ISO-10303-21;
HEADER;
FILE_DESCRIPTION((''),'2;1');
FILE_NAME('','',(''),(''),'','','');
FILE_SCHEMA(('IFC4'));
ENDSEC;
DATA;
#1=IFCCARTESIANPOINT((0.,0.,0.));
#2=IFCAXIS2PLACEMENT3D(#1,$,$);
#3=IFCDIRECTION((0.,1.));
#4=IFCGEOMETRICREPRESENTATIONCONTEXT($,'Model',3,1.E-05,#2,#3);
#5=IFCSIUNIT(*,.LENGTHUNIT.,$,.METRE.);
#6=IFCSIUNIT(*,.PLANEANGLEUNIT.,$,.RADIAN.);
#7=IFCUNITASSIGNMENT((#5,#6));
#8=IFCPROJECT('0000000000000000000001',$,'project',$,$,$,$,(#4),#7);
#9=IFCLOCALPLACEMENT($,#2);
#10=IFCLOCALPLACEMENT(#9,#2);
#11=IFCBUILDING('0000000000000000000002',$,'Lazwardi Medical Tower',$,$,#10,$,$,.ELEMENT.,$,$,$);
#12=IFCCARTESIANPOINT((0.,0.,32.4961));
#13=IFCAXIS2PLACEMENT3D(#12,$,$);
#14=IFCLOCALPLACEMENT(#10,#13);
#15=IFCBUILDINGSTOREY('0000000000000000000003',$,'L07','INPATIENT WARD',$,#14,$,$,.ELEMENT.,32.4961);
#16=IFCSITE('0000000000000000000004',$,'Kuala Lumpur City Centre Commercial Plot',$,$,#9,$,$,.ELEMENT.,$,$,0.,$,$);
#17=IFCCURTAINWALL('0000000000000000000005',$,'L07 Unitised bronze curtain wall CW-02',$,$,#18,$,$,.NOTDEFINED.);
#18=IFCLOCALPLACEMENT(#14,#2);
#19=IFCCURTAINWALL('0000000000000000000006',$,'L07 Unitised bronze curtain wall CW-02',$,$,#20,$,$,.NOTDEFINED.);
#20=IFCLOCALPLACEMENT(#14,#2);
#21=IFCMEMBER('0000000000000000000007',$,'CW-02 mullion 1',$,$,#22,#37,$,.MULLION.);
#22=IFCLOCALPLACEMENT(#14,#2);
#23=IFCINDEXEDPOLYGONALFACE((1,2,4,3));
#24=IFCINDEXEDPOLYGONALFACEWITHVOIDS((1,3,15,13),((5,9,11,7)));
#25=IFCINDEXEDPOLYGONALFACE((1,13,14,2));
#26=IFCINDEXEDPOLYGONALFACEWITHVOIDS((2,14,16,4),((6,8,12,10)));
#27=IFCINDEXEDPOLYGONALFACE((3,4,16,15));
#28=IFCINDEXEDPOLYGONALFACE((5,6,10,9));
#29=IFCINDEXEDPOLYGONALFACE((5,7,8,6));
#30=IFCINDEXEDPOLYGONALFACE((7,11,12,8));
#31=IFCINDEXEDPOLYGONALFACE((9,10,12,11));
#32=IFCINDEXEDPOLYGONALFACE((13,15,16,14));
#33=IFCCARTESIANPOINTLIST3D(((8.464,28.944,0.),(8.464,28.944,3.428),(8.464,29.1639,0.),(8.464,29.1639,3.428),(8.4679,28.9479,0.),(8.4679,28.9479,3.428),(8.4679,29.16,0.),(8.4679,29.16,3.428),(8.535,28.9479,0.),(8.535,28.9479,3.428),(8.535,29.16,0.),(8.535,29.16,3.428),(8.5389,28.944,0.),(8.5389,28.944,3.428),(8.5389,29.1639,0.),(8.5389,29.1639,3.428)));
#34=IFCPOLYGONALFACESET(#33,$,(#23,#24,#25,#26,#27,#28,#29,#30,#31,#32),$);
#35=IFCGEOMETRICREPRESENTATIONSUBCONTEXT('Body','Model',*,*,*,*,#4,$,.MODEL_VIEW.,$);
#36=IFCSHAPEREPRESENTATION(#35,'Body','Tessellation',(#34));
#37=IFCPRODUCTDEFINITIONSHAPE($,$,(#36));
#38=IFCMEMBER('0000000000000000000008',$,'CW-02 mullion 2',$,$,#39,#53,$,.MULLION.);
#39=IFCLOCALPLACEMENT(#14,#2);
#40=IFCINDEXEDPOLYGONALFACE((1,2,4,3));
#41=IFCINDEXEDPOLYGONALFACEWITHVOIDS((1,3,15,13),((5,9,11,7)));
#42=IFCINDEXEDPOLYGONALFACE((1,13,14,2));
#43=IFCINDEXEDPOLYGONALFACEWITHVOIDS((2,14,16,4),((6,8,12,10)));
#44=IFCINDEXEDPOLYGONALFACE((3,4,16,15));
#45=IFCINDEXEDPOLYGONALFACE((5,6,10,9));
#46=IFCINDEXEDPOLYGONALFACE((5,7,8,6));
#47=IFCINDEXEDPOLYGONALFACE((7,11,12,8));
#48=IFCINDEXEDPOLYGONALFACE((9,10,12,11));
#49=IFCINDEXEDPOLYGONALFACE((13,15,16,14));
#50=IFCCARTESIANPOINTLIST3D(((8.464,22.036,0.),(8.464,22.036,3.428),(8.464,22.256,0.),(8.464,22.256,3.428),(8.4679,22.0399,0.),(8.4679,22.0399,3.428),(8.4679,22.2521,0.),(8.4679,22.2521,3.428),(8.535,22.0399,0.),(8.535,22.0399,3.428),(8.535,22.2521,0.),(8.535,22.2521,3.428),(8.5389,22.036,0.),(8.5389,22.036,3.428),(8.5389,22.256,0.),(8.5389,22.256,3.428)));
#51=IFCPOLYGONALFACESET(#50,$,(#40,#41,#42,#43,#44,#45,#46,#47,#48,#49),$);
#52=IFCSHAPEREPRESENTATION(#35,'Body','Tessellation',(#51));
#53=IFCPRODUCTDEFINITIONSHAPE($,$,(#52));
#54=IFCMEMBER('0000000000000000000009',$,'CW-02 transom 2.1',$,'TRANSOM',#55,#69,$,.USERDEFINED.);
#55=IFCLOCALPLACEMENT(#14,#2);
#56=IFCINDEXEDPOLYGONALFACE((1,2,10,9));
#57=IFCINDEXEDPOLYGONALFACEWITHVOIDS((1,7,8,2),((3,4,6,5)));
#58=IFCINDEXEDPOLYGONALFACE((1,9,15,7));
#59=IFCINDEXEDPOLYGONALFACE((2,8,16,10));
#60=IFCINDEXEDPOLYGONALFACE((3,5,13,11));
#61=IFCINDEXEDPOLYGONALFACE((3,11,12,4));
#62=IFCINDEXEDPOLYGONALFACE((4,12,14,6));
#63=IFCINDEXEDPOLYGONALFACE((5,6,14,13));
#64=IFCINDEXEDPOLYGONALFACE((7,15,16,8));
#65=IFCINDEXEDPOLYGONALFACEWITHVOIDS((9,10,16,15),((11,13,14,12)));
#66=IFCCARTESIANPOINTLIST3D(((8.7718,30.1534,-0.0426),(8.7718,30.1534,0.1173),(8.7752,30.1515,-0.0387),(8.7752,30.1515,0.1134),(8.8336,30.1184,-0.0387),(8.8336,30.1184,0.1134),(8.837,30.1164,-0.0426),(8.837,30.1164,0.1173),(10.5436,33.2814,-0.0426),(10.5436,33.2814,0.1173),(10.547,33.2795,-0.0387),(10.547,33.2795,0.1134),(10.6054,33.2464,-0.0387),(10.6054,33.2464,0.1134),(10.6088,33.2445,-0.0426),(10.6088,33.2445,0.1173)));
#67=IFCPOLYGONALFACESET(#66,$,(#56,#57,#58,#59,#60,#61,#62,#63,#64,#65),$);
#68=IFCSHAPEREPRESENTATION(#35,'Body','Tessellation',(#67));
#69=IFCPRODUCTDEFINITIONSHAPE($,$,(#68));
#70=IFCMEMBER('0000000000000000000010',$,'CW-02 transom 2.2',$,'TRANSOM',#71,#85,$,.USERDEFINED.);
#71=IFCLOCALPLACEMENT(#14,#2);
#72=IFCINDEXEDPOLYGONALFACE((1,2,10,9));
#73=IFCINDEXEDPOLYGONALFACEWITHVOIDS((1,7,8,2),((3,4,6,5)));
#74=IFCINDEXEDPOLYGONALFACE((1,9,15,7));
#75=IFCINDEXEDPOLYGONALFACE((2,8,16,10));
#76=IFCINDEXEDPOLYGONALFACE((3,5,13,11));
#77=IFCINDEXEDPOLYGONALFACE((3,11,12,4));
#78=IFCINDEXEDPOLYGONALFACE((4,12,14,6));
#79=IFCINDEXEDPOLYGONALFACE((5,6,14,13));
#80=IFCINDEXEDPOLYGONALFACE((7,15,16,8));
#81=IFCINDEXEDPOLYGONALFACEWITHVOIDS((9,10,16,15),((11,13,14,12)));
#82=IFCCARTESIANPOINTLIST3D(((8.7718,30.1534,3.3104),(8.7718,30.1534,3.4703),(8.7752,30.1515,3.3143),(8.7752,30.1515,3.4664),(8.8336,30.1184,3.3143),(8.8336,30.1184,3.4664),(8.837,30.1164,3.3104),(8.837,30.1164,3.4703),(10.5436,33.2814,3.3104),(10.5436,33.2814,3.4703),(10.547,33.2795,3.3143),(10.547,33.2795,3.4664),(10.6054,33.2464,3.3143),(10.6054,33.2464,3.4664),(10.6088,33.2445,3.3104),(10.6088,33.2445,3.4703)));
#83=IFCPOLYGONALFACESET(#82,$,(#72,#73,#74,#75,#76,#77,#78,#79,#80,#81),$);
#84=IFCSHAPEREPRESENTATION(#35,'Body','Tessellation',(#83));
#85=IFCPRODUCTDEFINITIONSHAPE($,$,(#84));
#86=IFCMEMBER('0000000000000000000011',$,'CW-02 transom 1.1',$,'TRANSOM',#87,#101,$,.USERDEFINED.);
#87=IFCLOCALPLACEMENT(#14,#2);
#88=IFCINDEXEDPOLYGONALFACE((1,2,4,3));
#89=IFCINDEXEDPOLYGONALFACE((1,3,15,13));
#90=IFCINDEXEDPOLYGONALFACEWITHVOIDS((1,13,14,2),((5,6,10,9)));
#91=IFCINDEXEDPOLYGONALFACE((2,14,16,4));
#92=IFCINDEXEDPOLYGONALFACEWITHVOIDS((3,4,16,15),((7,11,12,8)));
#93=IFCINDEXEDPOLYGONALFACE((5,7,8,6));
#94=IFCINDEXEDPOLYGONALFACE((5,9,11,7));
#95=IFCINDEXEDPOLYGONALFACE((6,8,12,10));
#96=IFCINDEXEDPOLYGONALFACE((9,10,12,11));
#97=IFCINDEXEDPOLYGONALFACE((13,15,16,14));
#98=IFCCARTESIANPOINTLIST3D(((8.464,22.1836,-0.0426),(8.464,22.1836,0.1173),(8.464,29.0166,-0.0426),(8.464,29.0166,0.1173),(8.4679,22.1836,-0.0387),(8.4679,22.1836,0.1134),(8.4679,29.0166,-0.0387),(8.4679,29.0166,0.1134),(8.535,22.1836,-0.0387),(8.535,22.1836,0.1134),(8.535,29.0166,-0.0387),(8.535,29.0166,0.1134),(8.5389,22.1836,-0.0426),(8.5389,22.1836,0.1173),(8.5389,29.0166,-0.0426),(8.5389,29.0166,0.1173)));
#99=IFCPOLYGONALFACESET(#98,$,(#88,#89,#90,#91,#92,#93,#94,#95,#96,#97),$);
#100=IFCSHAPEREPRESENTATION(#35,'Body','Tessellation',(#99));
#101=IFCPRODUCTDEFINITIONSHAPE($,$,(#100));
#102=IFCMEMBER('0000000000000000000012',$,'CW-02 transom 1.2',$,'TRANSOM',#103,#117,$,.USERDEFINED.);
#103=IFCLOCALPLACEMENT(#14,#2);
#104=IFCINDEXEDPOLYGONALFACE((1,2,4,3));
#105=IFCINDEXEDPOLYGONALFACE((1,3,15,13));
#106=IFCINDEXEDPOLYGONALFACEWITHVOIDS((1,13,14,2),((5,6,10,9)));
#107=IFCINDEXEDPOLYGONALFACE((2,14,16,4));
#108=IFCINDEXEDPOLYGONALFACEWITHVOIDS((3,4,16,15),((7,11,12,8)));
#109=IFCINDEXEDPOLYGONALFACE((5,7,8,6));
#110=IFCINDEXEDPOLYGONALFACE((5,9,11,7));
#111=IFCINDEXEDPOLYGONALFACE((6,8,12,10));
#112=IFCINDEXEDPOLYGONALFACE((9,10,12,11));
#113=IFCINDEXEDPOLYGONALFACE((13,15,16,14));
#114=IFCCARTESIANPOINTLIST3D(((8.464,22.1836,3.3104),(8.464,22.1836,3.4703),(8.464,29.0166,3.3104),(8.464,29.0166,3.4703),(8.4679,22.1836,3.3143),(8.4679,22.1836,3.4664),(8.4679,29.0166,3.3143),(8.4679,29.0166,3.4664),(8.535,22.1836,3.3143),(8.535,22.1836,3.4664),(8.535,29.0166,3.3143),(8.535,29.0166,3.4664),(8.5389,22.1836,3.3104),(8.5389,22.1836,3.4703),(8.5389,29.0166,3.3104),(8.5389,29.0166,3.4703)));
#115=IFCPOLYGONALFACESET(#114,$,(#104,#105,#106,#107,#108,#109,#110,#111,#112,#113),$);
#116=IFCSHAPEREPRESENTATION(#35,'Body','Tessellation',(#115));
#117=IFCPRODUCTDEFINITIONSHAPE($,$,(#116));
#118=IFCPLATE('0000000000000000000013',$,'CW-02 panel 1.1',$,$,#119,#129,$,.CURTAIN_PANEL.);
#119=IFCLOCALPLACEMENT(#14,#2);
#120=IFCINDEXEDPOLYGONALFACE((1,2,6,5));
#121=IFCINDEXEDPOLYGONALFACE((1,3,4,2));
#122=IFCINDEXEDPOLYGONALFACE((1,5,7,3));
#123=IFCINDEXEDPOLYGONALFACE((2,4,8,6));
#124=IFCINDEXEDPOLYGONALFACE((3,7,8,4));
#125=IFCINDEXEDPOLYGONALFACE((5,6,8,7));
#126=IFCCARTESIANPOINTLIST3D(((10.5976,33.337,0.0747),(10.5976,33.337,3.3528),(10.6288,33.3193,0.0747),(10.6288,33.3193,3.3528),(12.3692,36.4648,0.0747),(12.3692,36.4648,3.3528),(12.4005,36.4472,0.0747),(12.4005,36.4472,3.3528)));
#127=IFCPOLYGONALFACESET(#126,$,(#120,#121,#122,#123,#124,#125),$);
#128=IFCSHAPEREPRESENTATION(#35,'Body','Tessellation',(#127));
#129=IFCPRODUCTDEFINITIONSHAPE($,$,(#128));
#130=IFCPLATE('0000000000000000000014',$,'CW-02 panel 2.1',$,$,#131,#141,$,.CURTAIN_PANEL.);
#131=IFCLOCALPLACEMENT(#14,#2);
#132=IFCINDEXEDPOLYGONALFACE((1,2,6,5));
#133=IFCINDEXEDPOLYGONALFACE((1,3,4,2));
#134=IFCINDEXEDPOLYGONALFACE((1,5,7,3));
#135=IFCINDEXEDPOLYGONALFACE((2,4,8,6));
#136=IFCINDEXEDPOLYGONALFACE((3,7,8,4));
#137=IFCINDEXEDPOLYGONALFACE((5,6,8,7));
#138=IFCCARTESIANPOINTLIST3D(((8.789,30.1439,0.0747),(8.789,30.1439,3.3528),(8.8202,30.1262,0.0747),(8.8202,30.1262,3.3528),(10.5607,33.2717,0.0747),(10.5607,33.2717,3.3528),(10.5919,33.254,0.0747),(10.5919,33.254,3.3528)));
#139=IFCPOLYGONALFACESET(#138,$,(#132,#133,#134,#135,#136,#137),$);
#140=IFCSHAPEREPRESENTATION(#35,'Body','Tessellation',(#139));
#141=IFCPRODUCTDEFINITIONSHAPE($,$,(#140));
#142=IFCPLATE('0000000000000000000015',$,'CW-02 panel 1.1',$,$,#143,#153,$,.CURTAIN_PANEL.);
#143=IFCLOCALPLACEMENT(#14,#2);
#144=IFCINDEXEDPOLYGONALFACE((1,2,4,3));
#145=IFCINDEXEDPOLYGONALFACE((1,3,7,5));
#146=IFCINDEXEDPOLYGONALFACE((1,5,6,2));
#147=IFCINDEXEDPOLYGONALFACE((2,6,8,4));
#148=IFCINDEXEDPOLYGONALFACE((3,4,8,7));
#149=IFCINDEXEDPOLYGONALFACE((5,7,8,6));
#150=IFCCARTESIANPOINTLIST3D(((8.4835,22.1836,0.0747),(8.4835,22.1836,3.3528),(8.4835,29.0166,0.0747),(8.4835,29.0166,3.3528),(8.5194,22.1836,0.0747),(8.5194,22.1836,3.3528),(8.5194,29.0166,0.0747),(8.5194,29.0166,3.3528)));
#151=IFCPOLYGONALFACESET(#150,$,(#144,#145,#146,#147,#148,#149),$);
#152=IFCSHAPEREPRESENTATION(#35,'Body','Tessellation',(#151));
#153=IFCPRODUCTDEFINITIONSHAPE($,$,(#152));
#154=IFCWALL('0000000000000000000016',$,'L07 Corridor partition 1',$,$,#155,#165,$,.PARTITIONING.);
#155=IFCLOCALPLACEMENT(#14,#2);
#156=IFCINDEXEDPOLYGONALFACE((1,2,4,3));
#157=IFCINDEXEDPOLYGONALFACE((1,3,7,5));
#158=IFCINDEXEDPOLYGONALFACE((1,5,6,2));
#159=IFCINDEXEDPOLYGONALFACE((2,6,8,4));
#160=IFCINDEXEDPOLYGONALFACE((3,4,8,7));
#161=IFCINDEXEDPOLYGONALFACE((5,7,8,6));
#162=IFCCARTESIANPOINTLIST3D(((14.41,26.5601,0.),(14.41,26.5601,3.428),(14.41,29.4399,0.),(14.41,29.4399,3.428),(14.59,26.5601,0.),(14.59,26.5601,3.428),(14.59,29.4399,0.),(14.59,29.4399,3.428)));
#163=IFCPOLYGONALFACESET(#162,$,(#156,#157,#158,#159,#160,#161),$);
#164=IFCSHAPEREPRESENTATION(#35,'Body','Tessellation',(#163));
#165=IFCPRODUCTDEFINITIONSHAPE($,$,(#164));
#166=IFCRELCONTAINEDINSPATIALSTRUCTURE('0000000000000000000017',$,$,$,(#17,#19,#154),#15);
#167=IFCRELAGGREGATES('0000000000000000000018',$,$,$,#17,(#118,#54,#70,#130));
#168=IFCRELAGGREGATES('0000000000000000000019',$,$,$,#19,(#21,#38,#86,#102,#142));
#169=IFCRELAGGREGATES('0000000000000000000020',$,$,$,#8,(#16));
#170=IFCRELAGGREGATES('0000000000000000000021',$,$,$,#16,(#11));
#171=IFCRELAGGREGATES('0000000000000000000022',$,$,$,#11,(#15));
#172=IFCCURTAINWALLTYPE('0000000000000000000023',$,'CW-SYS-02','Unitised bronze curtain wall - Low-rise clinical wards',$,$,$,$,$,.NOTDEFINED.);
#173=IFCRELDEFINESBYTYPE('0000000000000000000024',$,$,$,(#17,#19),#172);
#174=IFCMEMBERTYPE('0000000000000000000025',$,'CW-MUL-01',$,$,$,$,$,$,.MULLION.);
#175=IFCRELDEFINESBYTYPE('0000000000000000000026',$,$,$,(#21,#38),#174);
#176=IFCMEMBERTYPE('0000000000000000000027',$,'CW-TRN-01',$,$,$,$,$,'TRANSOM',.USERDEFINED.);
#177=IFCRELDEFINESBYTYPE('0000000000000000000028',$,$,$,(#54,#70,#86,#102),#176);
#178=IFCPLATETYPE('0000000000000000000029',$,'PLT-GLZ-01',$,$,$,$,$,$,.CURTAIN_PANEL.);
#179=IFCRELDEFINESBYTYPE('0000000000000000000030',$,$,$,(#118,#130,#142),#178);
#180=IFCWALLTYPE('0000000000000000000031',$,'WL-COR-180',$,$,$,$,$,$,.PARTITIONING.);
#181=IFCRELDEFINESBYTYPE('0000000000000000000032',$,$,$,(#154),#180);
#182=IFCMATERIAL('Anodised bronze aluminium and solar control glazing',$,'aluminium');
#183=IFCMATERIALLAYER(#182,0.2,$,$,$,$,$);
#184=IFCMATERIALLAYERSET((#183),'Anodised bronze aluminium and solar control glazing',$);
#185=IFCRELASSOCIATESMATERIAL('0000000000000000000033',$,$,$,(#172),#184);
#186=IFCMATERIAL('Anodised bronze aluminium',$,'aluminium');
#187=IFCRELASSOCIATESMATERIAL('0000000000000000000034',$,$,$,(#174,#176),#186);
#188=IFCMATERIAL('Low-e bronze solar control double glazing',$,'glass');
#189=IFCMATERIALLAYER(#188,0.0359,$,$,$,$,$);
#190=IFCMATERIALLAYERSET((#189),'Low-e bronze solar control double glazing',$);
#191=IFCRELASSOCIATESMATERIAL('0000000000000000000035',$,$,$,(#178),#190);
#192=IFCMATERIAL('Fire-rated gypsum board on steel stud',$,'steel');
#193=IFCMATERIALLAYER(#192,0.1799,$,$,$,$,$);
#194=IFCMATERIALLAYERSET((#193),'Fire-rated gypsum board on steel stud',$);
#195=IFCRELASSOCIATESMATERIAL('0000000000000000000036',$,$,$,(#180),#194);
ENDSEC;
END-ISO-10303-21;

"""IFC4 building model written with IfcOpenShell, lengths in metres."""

from ifc_helpers import new_model, si_unit, direction, frame, frame_2d, origin, origin_2d, place, context, subcontext, project, spatial, rectangle, hollow_rectangle, extrude, material, layer, layer_set, material_profile, profile_set, type_object, element, aggregate, save


model = new_model("IFC4")

# Units and contexts
model_context = context("Model", 3, precision=1e-05, world=origin(), true_north=direction((0.0, 1.0)))
body_context = subcontext(model_context, "Body", "Model", "MODEL_VIEW")
ifc_project = project(units=[si_unit("LENGTHUNIT", "METRE"), si_unit("PLANEANGLEUNIT", "RADIAN")], contexts=[model_context])

# Site, building, storey
site_placement = place(None, origin())
site = spatial("IfcSite", under=ifc_project, at=site_placement, Name="Kuala Lumpur City Centre Commercial Plot", CompositionType="ELEMENT", RefElevation=0.0)
building_placement = place(site_placement, origin())
building = spatial("IfcBuilding", under=site, at=building_placement, Name="Lazwardi Medical Tower", CompositionType="ELEMENT")
storey_placement = place(building_placement, frame((0.0, 0.0, 32.4961)))
storey = spatial("IfcBuildingStorey", under=building, at=storey_placement, Name="L07", Description="INPATIENT WARD", CompositionType="ELEMENT", Elevation=32.4961)

# Curtain walls, members
ifc_material_1 = material(Name="Anodised bronze aluminium and solar control glazing", Category="aluminium")
ifc_layer_1 = layer(ifc_material_1, 0.2)
ifc_layer_set_1 = layer_set([ifc_layer_1], Name="Anodised bronze aluminium and solar control glazing")
curtain_wall_type = type_object("IfcCurtainWallType", Name="CW-SYS-02", Description="Unitised bronze curtain wall - Low-rise clinical wards", PredefinedType="NOTDEFINED", material=ifc_layer_set_1)
curtain_wall_1_placement = place(storey_placement, origin())
curtain_wall_1 = element("IfcCurtainWall", 1, at=curtain_wall_1_placement, inside=storey, type_object=curtain_wall_type, Name="L07 Unitised bronze curtain wall CW-02", PredefinedType="NOTDEFINED")
ifc_material_2 = material(Name="Anodised bronze aluminium", Category="aluminium")
ifc_material_profile_1 = material_profile(ifc_material_2, hollow_rectangle(XDim=0.075, YDim=0.22, WallThickness=0.0039, at=origin_2d()), Name="ALU-MULLION 220x75x4")
ifc_profile_set_1 = profile_set([ifc_material_profile_1], Name="Anodised bronze aluminium")
member_type_1 = type_object("IfcMemberType", Name="CW-MUL-01", PredefinedType="MULLION", material=ifc_profile_set_1)
curtain_wall_2_placement = place(storey_placement, origin())
curtain_wall_2 = element("IfcCurtainWall", 2, at=curtain_wall_2_placement, inside=storey, type_object=curtain_wall_type, Name="L07 Unitised bronze curtain wall CW-02", PredefinedType="NOTDEFINED")
member_1_placement = place(storey_placement, frame((8.5015, 29.054, 0.0), z_axis=(0.0, 0.0, 1.0), x_axis=(1.0, 0.0, 0.0)))
member_1 = element("IfcMember", 3, at=member_1_placement, type_object=member_type_1, Name="CW-02 mullion 1", PredefinedType="MULLION", context=body_context, shape_type="SweptSolid", body=[
    extrude(hollow_rectangle(XDim=0.075, YDim=0.22, WallThickness=0.0039, at=origin_2d()), origin(), (0.0, 0.0, 1.0), 3.428),
])
member_2_placement = place(storey_placement, frame((8.5015, 22.146, 0.0), z_axis=(0.0, 0.0, 1.0), x_axis=(1.0, 0.0, 0.0)))
member_2 = element("IfcMember", 4, at=member_2_placement, type_object=member_type_1, Name="CW-02 mullion 2", PredefinedType="MULLION", context=body_context, shape_type="SweptSolid", body=[
    extrude(hollow_rectangle(XDim=0.075, YDim=0.22, WallThickness=0.0039, at=origin_2d()), origin(), (0.0, 0.0, 1.0), 3.428),
])

# Members
ifc_material_profile_2 = material_profile(ifc_material_2, hollow_rectangle(XDim=0.075, YDim=0.1599, WallThickness=0.0039, at=origin_2d()), Name="ALU-TRANSOM 160x75x4")
ifc_profile_set_2 = profile_set([ifc_material_profile_2], Name="Anodised bronze aluminium")
member_type_2 = type_object("IfcMemberType", Name="CW-TRN-01", ElementType="TRANSOM", PredefinedType="USERDEFINED", material=ifc_profile_set_2)
member_3_placement = place(storey_placement, frame((10.5762, 33.2629, 0.0374), z_axis=(-0.492851, -0.870113, 0.0), x_axis=(0.870113, -0.492851, 0.0)))
member_3 = element("IfcMember", 5, at=member_3_placement, type_object=member_type_2, Name="CW-02 transom 2.1", ObjectType="TRANSOM", PredefinedType="USERDEFINED", context=body_context, shape_type="SweptSolid", body=[
    extrude(hollow_rectangle(XDim=0.075, YDim=0.1599, WallThickness=0.0039, at=origin_2d()), origin(), (0.0, 0.0, 1.0), 3.595),
])
member_4_placement = place(storey_placement, frame((10.5762, 33.2629, 3.3904), z_axis=(-0.492851, -0.870113, 0.0), x_axis=(0.870113, -0.492851, 0.0)))
member_4 = element("IfcMember", 6, at=member_4_placement, type_object=member_type_2, Name="CW-02 transom 2.2", ObjectType="TRANSOM", PredefinedType="USERDEFINED", context=body_context, shape_type="SweptSolid", body=[
    extrude(hollow_rectangle(XDim=0.075, YDim=0.1599, WallThickness=0.0039, at=origin_2d()), origin(), (0.0, 0.0, 1.0), 3.595),
])
member_5_placement = place(storey_placement, frame((8.5015, 29.0166, 0.0374), z_axis=(0.0, -1.0, 0.0), x_axis=(1.0, 0.0, 0.0)))
member_5 = element("IfcMember", 7, at=member_5_placement, type_object=member_type_2, Name="CW-02 transom 1.1", ObjectType="TRANSOM", PredefinedType="USERDEFINED", context=body_context, shape_type="SweptSolid", body=[
    extrude(hollow_rectangle(XDim=0.075, YDim=0.1599, WallThickness=0.0039, at=origin_2d()), origin(), (0.0, 0.0, 1.0), 6.833),
])
member_6_placement = place(storey_placement, frame((8.5015, 29.0166, 3.3904), z_axis=(0.0, -1.0, 0.0), x_axis=(1.0, 0.0, 0.0)))
member_6 = element("IfcMember", 8, at=member_6_placement, type_object=member_type_2, Name="CW-02 transom 1.2", ObjectType="TRANSOM", PredefinedType="USERDEFINED", context=body_context, shape_type="SweptSolid", body=[
    extrude(hollow_rectangle(XDim=0.075, YDim=0.1599, WallThickness=0.0039, at=origin_2d()), origin(), (0.0, 0.0, 1.0), 6.833),
])

# Plates
ifc_material_3 = material(Name="Low-e bronze solar control double glazing", Category="glass")
ifc_layer_2 = layer(ifc_material_3, 0.0359)
ifc_layer_set_2 = layer_set([ifc_layer_2], Name="Low-e bronze solar control double glazing")
plate_type = type_object("IfcPlateType", Name="PLT-GLZ-01", PredefinedType="CURTAIN_PANEL", material=ifc_layer_set_2)
plate_1_placement = place(storey_placement, frame((11.499, 34.8921, 0.0747), z_axis=(0.0, 0.0, 1.0), x_axis=(-0.492854, -0.870112, 0.0)))
plate_1 = element("IfcPlate", 9, at=plate_1_placement, type_object=plate_type, Name="CW-02 panel 1.1", PredefinedType="CURTAIN_PANEL", context=body_context, shape_type="SweptSolid", body=[
    extrude(rectangle(XDim=3.5947, YDim=0.0359, at=origin_2d()), origin(), (0.0, 0.0, 1.0), 3.2781),
])
plate_2_placement = place(storey_placement, frame((9.6904, 31.699, 0.0747), z_axis=(0.0, 0.0, 1.0), x_axis=(-0.492854, -0.870112, 0.0)))
plate_2 = element("IfcPlate", 10, at=plate_2_placement, type_object=plate_type, Name="CW-02 panel 2.1", PredefinedType="CURTAIN_PANEL", context=body_context, shape_type="SweptSolid", body=[
    extrude(rectangle(XDim=3.5947, YDim=0.0359, at=origin_2d()), origin(), (0.0, 0.0, 1.0), 3.2781),
])
aggregate(curtain_wall_1, [plate_1, member_3, member_4, plate_2])
plate_3_placement = place(storey_placement, frame((8.5015, 25.6001, 0.0747), z_axis=(0.0, 0.0, 1.0), x_axis=(0.0, -1.0, 0.0)))
plate_3 = element("IfcPlate", 11, at=plate_3_placement, type_object=plate_type, Name="CW-02 panel 1.1", PredefinedType="CURTAIN_PANEL", context=body_context, shape_type="SweptSolid", body=[
    extrude(rectangle(XDim=6.833, YDim=0.0359, at=origin_2d()), origin(), (0.0, 0.0, 1.0), 3.2781),
])
aggregate(curtain_wall_2, [member_1, member_2, member_5, member_6, plate_3])

# Wall
ifc_material_4 = material(Name="Fire-rated gypsum board on steel stud", Category="steel")
ifc_layer_3 = layer(ifc_material_4, 0.1799)
ifc_layer_set_3 = layer_set([ifc_layer_3], Name="Fire-rated gypsum board on steel stud")
wall_type_1 = type_object("IfcWallType", Name="WL-COR-180", PredefinedType="PARTITIONING", material=ifc_layer_set_3)
wall_1_placement = place(storey_placement, frame((14.5, 26.5601, 0.0), z_axis=(0.0, 0.0, 1.0), x_axis=(0.0, 1.0, 0.0)))
element("IfcWall", 12, at=wall_1_placement, inside=storey, type_object=wall_type_1, Name="L07 Corridor partition 1", PredefinedType="PARTITIONING", context=body_context, shape_type="SweptSolid", body=[
    extrude(rectangle(XDim=2.8799, YDim=0.1799, at=frame_2d((1.4399, 0.0))), origin(), (0.0, 0.0, 1.0), 3.428),
])

save(model, "model.ifc")
